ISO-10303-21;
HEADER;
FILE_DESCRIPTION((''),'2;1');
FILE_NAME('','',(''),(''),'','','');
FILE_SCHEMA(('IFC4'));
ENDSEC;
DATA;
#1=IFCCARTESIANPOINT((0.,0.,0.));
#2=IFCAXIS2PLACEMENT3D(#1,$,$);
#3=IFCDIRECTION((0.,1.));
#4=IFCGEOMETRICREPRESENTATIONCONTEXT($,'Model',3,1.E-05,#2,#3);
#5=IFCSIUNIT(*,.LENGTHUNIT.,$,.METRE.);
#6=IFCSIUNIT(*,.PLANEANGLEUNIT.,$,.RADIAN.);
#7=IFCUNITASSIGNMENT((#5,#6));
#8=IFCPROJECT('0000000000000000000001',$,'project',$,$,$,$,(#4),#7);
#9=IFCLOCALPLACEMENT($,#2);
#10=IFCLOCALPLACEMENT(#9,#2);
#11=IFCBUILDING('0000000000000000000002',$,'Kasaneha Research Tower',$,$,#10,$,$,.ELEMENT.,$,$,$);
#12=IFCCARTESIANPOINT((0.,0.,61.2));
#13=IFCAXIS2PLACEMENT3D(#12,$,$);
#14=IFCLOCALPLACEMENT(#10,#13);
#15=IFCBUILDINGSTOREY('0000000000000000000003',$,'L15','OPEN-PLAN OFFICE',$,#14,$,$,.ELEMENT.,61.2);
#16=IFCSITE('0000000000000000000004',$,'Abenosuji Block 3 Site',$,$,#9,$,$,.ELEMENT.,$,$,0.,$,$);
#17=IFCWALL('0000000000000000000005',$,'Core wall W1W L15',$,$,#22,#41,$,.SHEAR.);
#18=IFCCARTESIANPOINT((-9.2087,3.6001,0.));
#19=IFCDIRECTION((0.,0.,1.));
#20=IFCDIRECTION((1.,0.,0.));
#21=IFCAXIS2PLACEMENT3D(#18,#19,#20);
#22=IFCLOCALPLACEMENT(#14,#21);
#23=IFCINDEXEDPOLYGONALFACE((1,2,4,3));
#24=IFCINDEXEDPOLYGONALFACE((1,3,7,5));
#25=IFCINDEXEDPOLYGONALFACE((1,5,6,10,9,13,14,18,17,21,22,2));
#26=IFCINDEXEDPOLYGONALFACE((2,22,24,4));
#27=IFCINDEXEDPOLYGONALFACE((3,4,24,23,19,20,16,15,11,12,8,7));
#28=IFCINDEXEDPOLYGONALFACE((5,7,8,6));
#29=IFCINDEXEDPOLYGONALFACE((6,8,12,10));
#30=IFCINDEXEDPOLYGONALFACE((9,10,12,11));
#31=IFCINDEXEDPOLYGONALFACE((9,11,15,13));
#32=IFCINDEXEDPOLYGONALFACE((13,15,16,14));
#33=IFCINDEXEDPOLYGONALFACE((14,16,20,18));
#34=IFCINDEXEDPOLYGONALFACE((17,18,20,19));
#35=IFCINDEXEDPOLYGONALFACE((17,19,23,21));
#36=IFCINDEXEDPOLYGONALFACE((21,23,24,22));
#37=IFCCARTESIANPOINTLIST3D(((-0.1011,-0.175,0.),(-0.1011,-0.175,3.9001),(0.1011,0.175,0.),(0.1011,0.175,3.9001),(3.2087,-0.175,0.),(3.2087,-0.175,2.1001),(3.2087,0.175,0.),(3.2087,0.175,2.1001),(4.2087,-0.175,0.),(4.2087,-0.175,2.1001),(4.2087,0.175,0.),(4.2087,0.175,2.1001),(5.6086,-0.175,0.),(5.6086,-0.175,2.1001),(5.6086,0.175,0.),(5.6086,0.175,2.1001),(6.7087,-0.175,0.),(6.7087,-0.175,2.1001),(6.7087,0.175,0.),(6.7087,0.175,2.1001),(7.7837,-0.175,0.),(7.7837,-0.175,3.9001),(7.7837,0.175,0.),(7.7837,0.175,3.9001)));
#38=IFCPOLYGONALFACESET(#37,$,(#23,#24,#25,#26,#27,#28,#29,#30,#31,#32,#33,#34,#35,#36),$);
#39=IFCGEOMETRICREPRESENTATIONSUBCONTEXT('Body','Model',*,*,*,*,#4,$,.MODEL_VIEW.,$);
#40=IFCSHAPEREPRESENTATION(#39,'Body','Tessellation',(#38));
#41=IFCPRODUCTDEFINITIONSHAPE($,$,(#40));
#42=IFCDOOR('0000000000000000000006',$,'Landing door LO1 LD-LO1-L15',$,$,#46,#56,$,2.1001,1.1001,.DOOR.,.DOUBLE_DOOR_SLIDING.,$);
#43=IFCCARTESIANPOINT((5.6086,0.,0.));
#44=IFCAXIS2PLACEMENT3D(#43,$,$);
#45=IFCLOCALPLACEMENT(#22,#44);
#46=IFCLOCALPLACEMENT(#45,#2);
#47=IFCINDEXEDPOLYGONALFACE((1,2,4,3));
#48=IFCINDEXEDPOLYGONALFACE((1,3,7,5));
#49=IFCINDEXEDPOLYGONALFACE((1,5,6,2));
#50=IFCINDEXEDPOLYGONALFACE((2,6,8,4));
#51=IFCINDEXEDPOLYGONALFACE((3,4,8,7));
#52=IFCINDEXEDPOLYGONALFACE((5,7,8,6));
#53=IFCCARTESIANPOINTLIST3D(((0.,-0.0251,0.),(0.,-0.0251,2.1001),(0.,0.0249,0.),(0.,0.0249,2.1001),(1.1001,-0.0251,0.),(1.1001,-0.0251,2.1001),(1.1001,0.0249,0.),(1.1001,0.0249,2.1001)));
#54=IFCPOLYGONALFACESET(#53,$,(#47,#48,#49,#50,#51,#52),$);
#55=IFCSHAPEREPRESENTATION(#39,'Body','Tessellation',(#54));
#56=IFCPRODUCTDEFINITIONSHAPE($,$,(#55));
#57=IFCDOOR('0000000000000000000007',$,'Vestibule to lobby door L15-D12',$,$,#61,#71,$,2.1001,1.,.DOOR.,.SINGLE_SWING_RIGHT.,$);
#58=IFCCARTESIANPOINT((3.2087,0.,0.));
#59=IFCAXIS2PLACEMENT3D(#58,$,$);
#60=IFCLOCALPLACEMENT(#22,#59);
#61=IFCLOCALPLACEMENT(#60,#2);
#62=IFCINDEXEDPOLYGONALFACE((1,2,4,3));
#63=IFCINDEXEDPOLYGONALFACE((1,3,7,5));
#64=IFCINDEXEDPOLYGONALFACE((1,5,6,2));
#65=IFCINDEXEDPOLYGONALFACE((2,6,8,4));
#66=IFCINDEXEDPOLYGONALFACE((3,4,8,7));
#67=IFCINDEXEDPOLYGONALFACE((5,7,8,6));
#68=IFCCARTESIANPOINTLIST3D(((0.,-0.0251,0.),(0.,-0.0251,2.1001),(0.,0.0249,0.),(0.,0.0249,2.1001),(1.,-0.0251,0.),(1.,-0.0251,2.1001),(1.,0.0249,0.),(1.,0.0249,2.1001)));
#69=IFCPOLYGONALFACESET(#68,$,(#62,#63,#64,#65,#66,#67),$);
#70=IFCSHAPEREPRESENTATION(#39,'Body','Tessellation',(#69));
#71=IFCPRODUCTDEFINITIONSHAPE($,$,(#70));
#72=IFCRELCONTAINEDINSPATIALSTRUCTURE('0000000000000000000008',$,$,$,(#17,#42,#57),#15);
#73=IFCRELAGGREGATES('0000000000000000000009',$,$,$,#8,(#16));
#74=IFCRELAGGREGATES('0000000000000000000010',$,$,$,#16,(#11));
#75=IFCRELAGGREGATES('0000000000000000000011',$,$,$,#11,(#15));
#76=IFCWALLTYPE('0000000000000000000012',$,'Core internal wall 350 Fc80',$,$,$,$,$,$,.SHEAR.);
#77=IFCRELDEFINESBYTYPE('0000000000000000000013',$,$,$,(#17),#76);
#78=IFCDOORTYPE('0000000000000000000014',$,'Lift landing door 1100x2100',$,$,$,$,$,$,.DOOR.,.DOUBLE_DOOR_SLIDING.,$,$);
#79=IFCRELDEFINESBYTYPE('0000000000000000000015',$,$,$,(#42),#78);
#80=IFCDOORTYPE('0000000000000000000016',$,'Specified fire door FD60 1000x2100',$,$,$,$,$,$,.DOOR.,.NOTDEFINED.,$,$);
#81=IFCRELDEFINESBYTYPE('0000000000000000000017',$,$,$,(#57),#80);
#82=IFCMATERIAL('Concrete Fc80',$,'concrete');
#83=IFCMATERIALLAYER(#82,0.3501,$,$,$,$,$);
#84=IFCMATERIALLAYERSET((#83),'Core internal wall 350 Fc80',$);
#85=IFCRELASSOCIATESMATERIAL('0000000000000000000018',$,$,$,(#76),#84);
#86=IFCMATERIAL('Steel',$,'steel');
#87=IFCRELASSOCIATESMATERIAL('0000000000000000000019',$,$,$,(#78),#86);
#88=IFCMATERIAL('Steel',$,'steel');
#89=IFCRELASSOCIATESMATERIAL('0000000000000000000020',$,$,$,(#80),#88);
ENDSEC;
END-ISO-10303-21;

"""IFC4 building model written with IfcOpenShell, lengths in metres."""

from ifc_helpers import new_model, si_unit, direction, frame, frame_2d, origin, place, context, subcontext, project, spatial, polyline, rectangle, outline, extrude, material, layer, layer_set, type_object, element, fill, save


model = new_model("IFC4")

# Units and contexts
model_context = context("Model", 3, precision=1e-05, world=origin(), true_north=direction((0.0, 1.0)))
body_context = subcontext(model_context, "Body", "Model", "MODEL_VIEW")
ifc_project = project(units=[si_unit("LENGTHUNIT", "METRE"), si_unit("PLANEANGLEUNIT", "RADIAN")], contexts=[model_context])

# Site, building, storey
site_placement = place(None, origin())
site = spatial("IfcSite", under=ifc_project, at=site_placement, Name="Abenosuji Block 3 Site", CompositionType="ELEMENT", RefElevation=0.0)
building_placement = place(site_placement, origin())
building = spatial("IfcBuilding", under=site, at=building_placement, Name="Kasaneha Research Tower", CompositionType="ELEMENT")
storey_placement = place(building_placement, frame((0.0, 0.0, 61.2)))
storey = spatial("IfcBuildingStorey", under=building, at=storey_placement, Name="L15", Description="OPEN-PLAN OFFICE", CompositionType="ELEMENT", Elevation=61.2)

# Wall, openings, doors
ifc_material_1 = material(Name="Concrete Fc80", Category="concrete")
ifc_layer_1 = layer(ifc_material_1, 0.3501)
ifc_layer_set_1 = layer_set([ifc_layer_1], Name="Core internal wall 350 Fc80")
wall_type_1 = type_object("IfcWallType", Name="Core internal wall 350 Fc80", PredefinedType="SHEAR", material=ifc_layer_set_1)
wall_1_placement = place(storey_placement, frame((-9.2087, 3.6001, 0.0), z_axis=(0.0, 0.0, 1.0), x_axis=(1.0, 0.0, 0.0)))
wall_1 = element("IfcWall", 1, at=wall_1_placement, inside=storey, type_object=wall_type_1, Name="Core wall W1W L15", PredefinedType="SHEAR", context=body_context, shape_type="SweptSolid", body=[
    extrude(outline(polyline([(-0.1011, -0.175), (3.2087, -0.175), (4.2087, -0.175), (5.6086, -0.175), (6.7087, -0.175), (7.7837, -0.175), (7.7837, 0.175), (6.7087, 0.175), (5.6086, 0.175), (4.2087, 0.175), (3.2087, 0.175), (0.1011, 0.175), (-0.1011, -0.175)])), origin(), (0.0, 0.0, 1.0), 3.9001),
])
opening_1_placement = place(wall_1_placement, frame((3.2087, 0.0, 0.0)))
opening_1 = element("IfcOpeningElement", 2, at=opening_1_placement, cuts=wall_1, PredefinedType="OPENING", context=body_context, shape_type="SweptSolid", body=[
    extrude(rectangle(XDim=1.0, YDim=2.1001, at=frame_2d((0.5, 1.05))), frame((0.0, 0.1851, 0.0), z_axis=(0.0, -1.0, 0.0), x_axis=(1.0, 0.0, 0.0)), (0.0, 0.0, 1.0), 0.3701),
])
opening_2_placement = place(wall_1_placement, frame((5.6086, 0.0, 0.0)))
opening_2 = element("IfcOpeningElement", 3, at=opening_2_placement, cuts=wall_1, PredefinedType="OPENING", context=body_context, shape_type="SweptSolid", body=[
    extrude(rectangle(XDim=1.1001, YDim=2.1001, at=frame_2d((0.55, 1.05))), frame((0.0, 0.1851, 0.0), z_axis=(0.0, -1.0, 0.0), x_axis=(1.0, 0.0, 0.0)), (0.0, 0.0, 1.0), 0.3701),
])
ifc_material_2 = material(Name="Steel", Category="steel")
door_type_1 = type_object("IfcDoorType", Name="Lift landing door 1100x2100", OperationType="DOUBLE_DOOR_SLIDING", PredefinedType="DOOR", material=ifc_material_2)
door_1_placement = place(opening_2_placement, origin())
door_1 = element("IfcDoor", 4, at=door_1_placement, inside=storey, type_object=door_type_1, Name="Landing door LO1 LD-LO1-L15", OperationType="DOUBLE_DOOR_SLIDING", OverallHeight=2.1001, OverallWidth=1.1001, PredefinedType="DOOR", context=body_context, shape_type="SweptSolid", body=[
    extrude(rectangle(XDim=1.1001, YDim=2.1001, at=frame_2d((0.55, 1.05))), frame((0.0, 0.0249, 0.0), z_axis=(0.0, -1.0, 0.0), x_axis=(1.0, 0.0, 0.0)), (0.0, 0.0, 1.0), 0.05),
])
fill(opening_2, door_1)
ifc_material_3 = material(Name="Steel", Category="steel")
door_type_2 = type_object("IfcDoorType", Name="Specified fire door FD60 1000x2100", OperationType="NOTDEFINED", PredefinedType="DOOR", material=ifc_material_3)
door_2_placement = place(opening_1_placement, origin())
door_2 = element("IfcDoor", 5, at=door_2_placement, inside=storey, type_object=door_type_2, Name="Vestibule to lobby door L15-D12", OperationType="SINGLE_SWING_RIGHT", OverallHeight=2.1001, OverallWidth=1.0, PredefinedType="DOOR", context=body_context, shape_type="SweptSolid", body=[
    extrude(rectangle(XDim=1.0, YDim=2.1001, at=frame_2d((0.5, 1.05))), frame((0.0, 0.0249, 0.0), z_axis=(0.0, -1.0, 0.0), x_axis=(1.0, 0.0, 0.0)), (0.0, 0.0, 1.0), 0.05),
])
fill(opening_1, door_2)

save(model, "model.ifc")
